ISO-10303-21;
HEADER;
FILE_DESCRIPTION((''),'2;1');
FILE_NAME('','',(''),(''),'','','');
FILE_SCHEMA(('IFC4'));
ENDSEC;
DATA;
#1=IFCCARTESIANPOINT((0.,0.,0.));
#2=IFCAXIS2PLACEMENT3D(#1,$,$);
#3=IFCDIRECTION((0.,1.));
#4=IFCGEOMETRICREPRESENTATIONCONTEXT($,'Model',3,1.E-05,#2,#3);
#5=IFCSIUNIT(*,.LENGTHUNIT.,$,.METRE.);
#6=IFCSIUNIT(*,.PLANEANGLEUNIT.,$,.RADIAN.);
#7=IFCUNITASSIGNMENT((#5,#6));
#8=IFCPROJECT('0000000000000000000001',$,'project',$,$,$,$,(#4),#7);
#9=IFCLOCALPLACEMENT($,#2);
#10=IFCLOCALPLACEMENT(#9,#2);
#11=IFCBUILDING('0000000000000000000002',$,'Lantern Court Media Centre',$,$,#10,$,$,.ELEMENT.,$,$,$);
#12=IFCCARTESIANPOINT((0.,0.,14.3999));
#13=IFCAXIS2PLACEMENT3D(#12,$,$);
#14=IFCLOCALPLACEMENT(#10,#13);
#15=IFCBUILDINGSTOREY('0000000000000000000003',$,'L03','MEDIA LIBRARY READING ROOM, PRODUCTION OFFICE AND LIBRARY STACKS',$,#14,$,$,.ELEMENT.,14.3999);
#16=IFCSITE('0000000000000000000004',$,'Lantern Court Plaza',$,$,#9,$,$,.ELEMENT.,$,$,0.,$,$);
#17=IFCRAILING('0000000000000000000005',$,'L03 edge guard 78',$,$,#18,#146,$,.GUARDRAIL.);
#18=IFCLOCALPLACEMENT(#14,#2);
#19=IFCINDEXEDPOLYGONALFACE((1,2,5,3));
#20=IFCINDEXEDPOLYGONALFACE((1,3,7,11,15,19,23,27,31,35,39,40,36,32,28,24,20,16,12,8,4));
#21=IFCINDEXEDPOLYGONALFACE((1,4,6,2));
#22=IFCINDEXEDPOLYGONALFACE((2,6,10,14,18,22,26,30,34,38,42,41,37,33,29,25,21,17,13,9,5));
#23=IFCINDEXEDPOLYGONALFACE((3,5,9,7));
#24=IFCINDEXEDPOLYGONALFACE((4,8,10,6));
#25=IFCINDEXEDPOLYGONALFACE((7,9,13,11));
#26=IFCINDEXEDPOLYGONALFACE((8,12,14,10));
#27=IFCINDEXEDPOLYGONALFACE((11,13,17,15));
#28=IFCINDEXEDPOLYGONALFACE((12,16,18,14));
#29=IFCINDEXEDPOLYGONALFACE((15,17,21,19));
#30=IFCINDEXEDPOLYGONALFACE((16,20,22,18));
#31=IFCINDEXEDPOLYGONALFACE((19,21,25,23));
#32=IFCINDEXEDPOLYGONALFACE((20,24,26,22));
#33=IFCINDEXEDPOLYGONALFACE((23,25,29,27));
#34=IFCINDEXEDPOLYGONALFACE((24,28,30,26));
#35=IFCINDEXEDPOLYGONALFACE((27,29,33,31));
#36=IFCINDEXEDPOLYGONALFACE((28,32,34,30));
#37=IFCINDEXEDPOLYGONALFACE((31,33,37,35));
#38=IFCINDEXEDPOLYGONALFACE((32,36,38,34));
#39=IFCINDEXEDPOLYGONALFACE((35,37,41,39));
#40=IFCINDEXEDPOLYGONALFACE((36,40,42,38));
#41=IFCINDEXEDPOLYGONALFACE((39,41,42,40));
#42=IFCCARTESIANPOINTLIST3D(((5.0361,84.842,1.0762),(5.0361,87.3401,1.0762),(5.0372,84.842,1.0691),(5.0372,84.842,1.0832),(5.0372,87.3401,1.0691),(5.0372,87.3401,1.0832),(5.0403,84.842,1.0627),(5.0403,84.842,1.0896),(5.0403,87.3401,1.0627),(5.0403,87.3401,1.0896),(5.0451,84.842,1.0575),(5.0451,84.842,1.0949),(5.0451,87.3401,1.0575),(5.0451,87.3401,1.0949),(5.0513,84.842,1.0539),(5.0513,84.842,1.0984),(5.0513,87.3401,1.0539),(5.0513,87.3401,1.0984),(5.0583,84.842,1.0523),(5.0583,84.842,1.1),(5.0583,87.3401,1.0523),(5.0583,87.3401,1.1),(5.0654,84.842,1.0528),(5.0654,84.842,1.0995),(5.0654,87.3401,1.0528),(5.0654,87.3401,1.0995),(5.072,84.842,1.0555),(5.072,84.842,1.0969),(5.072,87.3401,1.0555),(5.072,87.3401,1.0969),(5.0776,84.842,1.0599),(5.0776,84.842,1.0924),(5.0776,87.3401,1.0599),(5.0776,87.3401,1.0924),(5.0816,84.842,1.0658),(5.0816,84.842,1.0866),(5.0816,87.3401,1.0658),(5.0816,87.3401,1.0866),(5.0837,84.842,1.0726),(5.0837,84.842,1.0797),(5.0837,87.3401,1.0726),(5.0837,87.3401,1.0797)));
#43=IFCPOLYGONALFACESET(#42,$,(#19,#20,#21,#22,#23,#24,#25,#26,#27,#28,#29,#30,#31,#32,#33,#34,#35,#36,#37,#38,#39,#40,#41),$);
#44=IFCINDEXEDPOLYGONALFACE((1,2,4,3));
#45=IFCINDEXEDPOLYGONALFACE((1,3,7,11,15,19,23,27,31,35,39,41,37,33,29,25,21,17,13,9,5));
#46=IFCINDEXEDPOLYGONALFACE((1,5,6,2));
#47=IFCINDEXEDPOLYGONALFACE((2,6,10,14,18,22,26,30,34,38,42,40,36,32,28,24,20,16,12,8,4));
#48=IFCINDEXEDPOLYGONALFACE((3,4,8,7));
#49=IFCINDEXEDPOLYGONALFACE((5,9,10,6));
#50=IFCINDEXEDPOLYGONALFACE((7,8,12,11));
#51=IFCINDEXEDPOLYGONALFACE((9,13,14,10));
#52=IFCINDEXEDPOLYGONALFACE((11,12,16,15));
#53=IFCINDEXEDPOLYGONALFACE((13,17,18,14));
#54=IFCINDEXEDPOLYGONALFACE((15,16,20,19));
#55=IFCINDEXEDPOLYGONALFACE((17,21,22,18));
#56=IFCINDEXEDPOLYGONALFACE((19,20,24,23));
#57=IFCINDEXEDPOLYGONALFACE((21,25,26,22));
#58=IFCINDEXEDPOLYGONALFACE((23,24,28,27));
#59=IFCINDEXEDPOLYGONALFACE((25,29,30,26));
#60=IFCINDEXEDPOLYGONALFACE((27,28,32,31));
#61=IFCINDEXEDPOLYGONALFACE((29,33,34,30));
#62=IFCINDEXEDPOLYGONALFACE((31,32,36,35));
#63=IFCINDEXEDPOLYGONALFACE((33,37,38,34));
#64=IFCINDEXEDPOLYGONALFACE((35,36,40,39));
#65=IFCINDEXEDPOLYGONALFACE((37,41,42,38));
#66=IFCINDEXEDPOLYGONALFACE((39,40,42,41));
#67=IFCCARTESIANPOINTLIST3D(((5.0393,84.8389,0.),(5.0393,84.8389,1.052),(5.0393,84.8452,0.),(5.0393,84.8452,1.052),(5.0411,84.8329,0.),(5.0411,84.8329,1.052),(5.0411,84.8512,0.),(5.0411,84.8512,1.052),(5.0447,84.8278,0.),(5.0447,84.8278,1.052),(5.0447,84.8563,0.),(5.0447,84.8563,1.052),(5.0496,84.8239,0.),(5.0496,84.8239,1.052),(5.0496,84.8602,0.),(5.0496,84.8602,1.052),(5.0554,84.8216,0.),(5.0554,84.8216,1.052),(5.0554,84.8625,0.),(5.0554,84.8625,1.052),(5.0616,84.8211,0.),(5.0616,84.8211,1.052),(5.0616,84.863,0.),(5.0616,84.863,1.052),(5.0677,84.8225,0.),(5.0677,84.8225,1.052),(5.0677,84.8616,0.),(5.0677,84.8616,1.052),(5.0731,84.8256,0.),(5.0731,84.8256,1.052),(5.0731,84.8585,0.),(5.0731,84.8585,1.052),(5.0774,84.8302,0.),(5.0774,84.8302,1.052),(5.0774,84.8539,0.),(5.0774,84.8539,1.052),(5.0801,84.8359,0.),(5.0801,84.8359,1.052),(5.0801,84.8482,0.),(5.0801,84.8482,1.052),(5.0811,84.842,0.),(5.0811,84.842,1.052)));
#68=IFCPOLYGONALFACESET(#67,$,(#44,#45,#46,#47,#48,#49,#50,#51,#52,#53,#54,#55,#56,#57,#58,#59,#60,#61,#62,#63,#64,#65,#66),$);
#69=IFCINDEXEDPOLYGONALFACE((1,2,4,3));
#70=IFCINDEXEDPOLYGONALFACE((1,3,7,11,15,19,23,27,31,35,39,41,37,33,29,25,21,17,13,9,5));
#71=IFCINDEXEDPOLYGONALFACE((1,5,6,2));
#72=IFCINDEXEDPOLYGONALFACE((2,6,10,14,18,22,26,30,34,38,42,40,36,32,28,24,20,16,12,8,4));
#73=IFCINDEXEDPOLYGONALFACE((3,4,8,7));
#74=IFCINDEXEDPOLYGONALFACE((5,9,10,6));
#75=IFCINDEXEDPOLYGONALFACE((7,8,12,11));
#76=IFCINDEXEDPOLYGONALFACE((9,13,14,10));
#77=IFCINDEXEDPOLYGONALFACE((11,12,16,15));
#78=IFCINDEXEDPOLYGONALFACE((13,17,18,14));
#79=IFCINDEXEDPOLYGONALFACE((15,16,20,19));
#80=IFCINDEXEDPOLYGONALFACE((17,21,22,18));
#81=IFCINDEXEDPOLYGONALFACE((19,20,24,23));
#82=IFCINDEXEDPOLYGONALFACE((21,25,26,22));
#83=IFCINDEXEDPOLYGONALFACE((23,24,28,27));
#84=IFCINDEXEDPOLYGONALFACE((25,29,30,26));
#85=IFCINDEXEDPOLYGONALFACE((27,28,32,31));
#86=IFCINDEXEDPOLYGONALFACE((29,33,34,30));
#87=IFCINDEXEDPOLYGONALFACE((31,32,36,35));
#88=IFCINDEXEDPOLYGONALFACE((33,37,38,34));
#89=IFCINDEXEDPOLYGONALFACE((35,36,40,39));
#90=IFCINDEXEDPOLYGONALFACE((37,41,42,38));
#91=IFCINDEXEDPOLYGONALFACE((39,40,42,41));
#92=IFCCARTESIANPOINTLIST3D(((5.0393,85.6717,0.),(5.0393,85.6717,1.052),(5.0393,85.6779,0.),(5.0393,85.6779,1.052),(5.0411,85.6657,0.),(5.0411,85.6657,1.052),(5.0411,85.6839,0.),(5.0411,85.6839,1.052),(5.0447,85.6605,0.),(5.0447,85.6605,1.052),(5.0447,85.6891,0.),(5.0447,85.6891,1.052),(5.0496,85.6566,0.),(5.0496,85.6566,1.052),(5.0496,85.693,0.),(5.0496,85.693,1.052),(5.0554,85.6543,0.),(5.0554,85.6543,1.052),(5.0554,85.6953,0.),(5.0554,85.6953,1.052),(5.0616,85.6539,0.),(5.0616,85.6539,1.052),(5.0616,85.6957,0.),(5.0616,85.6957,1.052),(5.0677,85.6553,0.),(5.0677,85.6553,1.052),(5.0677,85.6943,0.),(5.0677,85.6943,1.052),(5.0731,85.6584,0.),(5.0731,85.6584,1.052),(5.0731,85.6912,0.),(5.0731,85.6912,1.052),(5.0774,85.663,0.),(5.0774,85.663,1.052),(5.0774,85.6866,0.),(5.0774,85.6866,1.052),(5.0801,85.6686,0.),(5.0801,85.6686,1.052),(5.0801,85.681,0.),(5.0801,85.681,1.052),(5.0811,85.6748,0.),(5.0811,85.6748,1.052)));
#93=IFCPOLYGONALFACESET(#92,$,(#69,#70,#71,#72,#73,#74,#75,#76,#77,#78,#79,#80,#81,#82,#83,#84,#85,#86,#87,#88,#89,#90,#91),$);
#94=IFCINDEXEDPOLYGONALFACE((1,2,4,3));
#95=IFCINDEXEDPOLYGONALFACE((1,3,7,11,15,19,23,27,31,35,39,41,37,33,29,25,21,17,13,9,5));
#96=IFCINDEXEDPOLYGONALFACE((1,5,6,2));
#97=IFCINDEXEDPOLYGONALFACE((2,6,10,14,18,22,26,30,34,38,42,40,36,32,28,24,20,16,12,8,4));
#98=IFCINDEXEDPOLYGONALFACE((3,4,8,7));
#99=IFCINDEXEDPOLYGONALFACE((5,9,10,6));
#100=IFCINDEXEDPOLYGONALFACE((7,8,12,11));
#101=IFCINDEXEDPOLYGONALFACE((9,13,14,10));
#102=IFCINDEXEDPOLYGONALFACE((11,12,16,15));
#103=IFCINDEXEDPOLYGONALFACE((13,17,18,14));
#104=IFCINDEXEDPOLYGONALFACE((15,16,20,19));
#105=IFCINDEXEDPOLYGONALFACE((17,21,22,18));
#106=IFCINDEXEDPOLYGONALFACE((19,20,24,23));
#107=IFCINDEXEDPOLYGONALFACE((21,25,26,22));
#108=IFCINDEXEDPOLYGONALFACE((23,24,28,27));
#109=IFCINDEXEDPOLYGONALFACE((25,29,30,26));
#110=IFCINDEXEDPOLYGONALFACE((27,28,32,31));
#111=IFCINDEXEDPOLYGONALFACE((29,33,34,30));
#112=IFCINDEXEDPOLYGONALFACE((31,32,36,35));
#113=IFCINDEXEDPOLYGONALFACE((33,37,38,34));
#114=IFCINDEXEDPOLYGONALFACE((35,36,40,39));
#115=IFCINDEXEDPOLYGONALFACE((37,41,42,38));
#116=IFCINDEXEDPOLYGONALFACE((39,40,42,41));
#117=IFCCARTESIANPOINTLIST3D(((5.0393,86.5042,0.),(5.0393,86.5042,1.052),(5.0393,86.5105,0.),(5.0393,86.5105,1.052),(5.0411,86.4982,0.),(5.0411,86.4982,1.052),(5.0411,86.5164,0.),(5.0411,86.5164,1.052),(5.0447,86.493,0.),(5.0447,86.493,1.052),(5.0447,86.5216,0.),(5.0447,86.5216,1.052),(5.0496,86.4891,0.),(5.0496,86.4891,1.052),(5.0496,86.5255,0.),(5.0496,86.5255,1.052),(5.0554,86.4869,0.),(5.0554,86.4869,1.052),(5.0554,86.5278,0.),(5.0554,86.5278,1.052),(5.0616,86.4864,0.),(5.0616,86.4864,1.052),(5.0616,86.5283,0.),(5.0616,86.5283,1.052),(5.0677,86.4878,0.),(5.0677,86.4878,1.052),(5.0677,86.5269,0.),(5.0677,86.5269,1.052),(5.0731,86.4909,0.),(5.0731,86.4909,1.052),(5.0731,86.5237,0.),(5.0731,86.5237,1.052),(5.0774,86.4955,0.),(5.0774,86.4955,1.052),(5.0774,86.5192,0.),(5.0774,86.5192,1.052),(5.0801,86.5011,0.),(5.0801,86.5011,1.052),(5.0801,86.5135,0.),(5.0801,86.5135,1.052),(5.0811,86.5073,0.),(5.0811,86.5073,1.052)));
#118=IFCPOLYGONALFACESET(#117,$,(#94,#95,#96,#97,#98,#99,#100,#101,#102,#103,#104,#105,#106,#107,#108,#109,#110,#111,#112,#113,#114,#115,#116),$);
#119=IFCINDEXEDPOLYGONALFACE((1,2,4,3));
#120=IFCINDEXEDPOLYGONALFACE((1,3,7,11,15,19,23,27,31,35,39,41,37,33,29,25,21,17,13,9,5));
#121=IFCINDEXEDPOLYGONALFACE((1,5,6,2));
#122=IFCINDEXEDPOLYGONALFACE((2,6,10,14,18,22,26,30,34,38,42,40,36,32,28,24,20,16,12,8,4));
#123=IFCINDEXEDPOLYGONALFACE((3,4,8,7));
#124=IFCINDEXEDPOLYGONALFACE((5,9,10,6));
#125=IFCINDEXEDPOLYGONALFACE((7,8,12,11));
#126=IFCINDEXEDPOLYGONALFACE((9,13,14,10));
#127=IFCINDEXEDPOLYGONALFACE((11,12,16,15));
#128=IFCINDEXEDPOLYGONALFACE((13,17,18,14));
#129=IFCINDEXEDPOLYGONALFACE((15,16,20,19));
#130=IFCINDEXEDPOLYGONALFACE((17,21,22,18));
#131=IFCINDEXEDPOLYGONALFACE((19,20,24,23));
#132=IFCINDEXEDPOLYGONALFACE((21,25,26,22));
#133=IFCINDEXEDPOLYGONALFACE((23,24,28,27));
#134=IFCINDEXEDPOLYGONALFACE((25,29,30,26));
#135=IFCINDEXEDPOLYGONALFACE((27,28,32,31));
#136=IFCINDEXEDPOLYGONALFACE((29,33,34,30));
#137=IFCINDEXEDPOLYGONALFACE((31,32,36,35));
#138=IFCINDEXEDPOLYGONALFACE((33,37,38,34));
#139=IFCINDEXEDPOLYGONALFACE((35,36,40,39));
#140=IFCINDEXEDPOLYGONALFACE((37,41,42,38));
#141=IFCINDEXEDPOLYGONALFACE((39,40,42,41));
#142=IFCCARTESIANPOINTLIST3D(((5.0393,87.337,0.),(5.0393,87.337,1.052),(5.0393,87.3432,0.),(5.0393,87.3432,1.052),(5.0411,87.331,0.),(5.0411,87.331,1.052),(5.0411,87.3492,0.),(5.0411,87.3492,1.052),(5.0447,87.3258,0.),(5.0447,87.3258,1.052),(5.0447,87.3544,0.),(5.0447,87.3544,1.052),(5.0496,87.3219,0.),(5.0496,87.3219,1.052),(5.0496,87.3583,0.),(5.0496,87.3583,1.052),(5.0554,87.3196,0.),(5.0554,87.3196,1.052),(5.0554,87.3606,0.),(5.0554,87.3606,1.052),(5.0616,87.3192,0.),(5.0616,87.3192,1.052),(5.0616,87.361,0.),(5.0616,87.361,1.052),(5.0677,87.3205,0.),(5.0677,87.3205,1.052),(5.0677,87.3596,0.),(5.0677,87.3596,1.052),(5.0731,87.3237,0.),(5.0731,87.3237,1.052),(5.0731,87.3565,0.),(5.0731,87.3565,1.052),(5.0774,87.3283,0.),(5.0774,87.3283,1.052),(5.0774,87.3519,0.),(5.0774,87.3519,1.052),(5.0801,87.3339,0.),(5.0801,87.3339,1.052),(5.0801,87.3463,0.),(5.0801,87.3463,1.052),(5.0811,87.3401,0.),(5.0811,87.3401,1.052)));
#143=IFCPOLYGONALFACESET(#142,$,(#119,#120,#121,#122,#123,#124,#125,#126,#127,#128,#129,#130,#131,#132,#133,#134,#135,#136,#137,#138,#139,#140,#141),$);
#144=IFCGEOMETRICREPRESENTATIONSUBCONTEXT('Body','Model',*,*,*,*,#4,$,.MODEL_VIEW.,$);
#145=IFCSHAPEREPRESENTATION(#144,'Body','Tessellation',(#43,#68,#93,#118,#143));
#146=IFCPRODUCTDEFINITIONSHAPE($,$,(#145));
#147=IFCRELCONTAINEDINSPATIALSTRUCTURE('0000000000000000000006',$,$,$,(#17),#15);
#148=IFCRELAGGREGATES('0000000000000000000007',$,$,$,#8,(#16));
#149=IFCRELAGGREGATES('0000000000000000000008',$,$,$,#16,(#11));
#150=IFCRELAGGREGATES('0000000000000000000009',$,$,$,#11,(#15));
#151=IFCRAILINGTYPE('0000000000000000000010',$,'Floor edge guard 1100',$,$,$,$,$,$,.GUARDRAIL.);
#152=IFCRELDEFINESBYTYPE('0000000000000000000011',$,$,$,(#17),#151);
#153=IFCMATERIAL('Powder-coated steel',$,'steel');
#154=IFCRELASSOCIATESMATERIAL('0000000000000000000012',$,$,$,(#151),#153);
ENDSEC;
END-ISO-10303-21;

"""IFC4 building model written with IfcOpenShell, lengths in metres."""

from ifc_helpers import new_model, si_unit, direction, frame, origin, origin_2d, place, context, subcontext, project, spatial, circle, extrude, material, type_object, element, save


model = new_model("IFC4")

# Units and contexts
model_context = context("Model", 3, precision=1e-05, world=origin(), true_north=direction((0.0, 1.0)))
body_context = subcontext(model_context, "Body", "Model", "MODEL_VIEW")
ifc_project = project(units=[si_unit("LENGTHUNIT", "METRE"), si_unit("PLANEANGLEUNIT", "RADIAN")], contexts=[model_context])

# Site, building, storey
site_placement = place(None, origin())
site = spatial("IfcSite", under=ifc_project, at=site_placement, Name="Lantern Court Plaza", CompositionType="ELEMENT", RefElevation=0.0)
building_placement = place(site_placement, origin())
building = spatial("IfcBuilding", under=site, at=building_placement, Name="Lantern Court Media Centre", CompositionType="ELEMENT")
storey_placement = place(building_placement, frame((0.0, 0.0, 14.3999)))
storey = spatial("IfcBuildingStorey", under=building, at=storey_placement, Name="L03", Description="MEDIA LIBRARY READING ROOM, PRODUCTION OFFICE AND LIBRARY STACKS", CompositionType="ELEMENT", Elevation=14.3999)

# Railing
ifc_material_1 = material(Name="Powder-coated steel", Category="steel")
railing_type = type_object("IfcRailingType", Name="Floor edge guard 1100", PredefinedType="GUARDRAIL", material=ifc_material_1)
railing_1_placement = place(storey_placement, frame((5.0601, 84.842, 0.0)))
element("IfcRailing", 1, at=railing_1_placement, inside=storey, type_object=railing_type, Name="L03 edge guard 78", PredefinedType="GUARDRAIL", context=body_context, shape_type="SweptSolid", body=[
    extrude(circle(Radius=0.0239, at=origin_2d()), frame((0.0, 0.0, 1.0762), z_axis=(0.0, 1.0, 0.0), x_axis=(-1.0, 0.0, 0.0)), (0.0, 0.0, 1.0), 2.498),
    extrude(circle(Radius=0.021, at=origin_2d()), origin(), (0.0, 0.0, 1.0), 1.052),
    extrude(circle(Radius=0.021, at=origin_2d()), frame((0.0, 0.8328, 0.0)), (0.0, 0.0, 1.0), 1.052),
    extrude(circle(Radius=0.021, at=origin_2d()), frame((0.0, 1.6653, 0.0)), (0.0, 0.0, 1.0), 1.052),
    extrude(circle(Radius=0.021, at=origin_2d()), frame((0.0, 2.498, 0.0)), (0.0, 0.0, 1.0), 1.052),
])

save(model, "model.ifc")
